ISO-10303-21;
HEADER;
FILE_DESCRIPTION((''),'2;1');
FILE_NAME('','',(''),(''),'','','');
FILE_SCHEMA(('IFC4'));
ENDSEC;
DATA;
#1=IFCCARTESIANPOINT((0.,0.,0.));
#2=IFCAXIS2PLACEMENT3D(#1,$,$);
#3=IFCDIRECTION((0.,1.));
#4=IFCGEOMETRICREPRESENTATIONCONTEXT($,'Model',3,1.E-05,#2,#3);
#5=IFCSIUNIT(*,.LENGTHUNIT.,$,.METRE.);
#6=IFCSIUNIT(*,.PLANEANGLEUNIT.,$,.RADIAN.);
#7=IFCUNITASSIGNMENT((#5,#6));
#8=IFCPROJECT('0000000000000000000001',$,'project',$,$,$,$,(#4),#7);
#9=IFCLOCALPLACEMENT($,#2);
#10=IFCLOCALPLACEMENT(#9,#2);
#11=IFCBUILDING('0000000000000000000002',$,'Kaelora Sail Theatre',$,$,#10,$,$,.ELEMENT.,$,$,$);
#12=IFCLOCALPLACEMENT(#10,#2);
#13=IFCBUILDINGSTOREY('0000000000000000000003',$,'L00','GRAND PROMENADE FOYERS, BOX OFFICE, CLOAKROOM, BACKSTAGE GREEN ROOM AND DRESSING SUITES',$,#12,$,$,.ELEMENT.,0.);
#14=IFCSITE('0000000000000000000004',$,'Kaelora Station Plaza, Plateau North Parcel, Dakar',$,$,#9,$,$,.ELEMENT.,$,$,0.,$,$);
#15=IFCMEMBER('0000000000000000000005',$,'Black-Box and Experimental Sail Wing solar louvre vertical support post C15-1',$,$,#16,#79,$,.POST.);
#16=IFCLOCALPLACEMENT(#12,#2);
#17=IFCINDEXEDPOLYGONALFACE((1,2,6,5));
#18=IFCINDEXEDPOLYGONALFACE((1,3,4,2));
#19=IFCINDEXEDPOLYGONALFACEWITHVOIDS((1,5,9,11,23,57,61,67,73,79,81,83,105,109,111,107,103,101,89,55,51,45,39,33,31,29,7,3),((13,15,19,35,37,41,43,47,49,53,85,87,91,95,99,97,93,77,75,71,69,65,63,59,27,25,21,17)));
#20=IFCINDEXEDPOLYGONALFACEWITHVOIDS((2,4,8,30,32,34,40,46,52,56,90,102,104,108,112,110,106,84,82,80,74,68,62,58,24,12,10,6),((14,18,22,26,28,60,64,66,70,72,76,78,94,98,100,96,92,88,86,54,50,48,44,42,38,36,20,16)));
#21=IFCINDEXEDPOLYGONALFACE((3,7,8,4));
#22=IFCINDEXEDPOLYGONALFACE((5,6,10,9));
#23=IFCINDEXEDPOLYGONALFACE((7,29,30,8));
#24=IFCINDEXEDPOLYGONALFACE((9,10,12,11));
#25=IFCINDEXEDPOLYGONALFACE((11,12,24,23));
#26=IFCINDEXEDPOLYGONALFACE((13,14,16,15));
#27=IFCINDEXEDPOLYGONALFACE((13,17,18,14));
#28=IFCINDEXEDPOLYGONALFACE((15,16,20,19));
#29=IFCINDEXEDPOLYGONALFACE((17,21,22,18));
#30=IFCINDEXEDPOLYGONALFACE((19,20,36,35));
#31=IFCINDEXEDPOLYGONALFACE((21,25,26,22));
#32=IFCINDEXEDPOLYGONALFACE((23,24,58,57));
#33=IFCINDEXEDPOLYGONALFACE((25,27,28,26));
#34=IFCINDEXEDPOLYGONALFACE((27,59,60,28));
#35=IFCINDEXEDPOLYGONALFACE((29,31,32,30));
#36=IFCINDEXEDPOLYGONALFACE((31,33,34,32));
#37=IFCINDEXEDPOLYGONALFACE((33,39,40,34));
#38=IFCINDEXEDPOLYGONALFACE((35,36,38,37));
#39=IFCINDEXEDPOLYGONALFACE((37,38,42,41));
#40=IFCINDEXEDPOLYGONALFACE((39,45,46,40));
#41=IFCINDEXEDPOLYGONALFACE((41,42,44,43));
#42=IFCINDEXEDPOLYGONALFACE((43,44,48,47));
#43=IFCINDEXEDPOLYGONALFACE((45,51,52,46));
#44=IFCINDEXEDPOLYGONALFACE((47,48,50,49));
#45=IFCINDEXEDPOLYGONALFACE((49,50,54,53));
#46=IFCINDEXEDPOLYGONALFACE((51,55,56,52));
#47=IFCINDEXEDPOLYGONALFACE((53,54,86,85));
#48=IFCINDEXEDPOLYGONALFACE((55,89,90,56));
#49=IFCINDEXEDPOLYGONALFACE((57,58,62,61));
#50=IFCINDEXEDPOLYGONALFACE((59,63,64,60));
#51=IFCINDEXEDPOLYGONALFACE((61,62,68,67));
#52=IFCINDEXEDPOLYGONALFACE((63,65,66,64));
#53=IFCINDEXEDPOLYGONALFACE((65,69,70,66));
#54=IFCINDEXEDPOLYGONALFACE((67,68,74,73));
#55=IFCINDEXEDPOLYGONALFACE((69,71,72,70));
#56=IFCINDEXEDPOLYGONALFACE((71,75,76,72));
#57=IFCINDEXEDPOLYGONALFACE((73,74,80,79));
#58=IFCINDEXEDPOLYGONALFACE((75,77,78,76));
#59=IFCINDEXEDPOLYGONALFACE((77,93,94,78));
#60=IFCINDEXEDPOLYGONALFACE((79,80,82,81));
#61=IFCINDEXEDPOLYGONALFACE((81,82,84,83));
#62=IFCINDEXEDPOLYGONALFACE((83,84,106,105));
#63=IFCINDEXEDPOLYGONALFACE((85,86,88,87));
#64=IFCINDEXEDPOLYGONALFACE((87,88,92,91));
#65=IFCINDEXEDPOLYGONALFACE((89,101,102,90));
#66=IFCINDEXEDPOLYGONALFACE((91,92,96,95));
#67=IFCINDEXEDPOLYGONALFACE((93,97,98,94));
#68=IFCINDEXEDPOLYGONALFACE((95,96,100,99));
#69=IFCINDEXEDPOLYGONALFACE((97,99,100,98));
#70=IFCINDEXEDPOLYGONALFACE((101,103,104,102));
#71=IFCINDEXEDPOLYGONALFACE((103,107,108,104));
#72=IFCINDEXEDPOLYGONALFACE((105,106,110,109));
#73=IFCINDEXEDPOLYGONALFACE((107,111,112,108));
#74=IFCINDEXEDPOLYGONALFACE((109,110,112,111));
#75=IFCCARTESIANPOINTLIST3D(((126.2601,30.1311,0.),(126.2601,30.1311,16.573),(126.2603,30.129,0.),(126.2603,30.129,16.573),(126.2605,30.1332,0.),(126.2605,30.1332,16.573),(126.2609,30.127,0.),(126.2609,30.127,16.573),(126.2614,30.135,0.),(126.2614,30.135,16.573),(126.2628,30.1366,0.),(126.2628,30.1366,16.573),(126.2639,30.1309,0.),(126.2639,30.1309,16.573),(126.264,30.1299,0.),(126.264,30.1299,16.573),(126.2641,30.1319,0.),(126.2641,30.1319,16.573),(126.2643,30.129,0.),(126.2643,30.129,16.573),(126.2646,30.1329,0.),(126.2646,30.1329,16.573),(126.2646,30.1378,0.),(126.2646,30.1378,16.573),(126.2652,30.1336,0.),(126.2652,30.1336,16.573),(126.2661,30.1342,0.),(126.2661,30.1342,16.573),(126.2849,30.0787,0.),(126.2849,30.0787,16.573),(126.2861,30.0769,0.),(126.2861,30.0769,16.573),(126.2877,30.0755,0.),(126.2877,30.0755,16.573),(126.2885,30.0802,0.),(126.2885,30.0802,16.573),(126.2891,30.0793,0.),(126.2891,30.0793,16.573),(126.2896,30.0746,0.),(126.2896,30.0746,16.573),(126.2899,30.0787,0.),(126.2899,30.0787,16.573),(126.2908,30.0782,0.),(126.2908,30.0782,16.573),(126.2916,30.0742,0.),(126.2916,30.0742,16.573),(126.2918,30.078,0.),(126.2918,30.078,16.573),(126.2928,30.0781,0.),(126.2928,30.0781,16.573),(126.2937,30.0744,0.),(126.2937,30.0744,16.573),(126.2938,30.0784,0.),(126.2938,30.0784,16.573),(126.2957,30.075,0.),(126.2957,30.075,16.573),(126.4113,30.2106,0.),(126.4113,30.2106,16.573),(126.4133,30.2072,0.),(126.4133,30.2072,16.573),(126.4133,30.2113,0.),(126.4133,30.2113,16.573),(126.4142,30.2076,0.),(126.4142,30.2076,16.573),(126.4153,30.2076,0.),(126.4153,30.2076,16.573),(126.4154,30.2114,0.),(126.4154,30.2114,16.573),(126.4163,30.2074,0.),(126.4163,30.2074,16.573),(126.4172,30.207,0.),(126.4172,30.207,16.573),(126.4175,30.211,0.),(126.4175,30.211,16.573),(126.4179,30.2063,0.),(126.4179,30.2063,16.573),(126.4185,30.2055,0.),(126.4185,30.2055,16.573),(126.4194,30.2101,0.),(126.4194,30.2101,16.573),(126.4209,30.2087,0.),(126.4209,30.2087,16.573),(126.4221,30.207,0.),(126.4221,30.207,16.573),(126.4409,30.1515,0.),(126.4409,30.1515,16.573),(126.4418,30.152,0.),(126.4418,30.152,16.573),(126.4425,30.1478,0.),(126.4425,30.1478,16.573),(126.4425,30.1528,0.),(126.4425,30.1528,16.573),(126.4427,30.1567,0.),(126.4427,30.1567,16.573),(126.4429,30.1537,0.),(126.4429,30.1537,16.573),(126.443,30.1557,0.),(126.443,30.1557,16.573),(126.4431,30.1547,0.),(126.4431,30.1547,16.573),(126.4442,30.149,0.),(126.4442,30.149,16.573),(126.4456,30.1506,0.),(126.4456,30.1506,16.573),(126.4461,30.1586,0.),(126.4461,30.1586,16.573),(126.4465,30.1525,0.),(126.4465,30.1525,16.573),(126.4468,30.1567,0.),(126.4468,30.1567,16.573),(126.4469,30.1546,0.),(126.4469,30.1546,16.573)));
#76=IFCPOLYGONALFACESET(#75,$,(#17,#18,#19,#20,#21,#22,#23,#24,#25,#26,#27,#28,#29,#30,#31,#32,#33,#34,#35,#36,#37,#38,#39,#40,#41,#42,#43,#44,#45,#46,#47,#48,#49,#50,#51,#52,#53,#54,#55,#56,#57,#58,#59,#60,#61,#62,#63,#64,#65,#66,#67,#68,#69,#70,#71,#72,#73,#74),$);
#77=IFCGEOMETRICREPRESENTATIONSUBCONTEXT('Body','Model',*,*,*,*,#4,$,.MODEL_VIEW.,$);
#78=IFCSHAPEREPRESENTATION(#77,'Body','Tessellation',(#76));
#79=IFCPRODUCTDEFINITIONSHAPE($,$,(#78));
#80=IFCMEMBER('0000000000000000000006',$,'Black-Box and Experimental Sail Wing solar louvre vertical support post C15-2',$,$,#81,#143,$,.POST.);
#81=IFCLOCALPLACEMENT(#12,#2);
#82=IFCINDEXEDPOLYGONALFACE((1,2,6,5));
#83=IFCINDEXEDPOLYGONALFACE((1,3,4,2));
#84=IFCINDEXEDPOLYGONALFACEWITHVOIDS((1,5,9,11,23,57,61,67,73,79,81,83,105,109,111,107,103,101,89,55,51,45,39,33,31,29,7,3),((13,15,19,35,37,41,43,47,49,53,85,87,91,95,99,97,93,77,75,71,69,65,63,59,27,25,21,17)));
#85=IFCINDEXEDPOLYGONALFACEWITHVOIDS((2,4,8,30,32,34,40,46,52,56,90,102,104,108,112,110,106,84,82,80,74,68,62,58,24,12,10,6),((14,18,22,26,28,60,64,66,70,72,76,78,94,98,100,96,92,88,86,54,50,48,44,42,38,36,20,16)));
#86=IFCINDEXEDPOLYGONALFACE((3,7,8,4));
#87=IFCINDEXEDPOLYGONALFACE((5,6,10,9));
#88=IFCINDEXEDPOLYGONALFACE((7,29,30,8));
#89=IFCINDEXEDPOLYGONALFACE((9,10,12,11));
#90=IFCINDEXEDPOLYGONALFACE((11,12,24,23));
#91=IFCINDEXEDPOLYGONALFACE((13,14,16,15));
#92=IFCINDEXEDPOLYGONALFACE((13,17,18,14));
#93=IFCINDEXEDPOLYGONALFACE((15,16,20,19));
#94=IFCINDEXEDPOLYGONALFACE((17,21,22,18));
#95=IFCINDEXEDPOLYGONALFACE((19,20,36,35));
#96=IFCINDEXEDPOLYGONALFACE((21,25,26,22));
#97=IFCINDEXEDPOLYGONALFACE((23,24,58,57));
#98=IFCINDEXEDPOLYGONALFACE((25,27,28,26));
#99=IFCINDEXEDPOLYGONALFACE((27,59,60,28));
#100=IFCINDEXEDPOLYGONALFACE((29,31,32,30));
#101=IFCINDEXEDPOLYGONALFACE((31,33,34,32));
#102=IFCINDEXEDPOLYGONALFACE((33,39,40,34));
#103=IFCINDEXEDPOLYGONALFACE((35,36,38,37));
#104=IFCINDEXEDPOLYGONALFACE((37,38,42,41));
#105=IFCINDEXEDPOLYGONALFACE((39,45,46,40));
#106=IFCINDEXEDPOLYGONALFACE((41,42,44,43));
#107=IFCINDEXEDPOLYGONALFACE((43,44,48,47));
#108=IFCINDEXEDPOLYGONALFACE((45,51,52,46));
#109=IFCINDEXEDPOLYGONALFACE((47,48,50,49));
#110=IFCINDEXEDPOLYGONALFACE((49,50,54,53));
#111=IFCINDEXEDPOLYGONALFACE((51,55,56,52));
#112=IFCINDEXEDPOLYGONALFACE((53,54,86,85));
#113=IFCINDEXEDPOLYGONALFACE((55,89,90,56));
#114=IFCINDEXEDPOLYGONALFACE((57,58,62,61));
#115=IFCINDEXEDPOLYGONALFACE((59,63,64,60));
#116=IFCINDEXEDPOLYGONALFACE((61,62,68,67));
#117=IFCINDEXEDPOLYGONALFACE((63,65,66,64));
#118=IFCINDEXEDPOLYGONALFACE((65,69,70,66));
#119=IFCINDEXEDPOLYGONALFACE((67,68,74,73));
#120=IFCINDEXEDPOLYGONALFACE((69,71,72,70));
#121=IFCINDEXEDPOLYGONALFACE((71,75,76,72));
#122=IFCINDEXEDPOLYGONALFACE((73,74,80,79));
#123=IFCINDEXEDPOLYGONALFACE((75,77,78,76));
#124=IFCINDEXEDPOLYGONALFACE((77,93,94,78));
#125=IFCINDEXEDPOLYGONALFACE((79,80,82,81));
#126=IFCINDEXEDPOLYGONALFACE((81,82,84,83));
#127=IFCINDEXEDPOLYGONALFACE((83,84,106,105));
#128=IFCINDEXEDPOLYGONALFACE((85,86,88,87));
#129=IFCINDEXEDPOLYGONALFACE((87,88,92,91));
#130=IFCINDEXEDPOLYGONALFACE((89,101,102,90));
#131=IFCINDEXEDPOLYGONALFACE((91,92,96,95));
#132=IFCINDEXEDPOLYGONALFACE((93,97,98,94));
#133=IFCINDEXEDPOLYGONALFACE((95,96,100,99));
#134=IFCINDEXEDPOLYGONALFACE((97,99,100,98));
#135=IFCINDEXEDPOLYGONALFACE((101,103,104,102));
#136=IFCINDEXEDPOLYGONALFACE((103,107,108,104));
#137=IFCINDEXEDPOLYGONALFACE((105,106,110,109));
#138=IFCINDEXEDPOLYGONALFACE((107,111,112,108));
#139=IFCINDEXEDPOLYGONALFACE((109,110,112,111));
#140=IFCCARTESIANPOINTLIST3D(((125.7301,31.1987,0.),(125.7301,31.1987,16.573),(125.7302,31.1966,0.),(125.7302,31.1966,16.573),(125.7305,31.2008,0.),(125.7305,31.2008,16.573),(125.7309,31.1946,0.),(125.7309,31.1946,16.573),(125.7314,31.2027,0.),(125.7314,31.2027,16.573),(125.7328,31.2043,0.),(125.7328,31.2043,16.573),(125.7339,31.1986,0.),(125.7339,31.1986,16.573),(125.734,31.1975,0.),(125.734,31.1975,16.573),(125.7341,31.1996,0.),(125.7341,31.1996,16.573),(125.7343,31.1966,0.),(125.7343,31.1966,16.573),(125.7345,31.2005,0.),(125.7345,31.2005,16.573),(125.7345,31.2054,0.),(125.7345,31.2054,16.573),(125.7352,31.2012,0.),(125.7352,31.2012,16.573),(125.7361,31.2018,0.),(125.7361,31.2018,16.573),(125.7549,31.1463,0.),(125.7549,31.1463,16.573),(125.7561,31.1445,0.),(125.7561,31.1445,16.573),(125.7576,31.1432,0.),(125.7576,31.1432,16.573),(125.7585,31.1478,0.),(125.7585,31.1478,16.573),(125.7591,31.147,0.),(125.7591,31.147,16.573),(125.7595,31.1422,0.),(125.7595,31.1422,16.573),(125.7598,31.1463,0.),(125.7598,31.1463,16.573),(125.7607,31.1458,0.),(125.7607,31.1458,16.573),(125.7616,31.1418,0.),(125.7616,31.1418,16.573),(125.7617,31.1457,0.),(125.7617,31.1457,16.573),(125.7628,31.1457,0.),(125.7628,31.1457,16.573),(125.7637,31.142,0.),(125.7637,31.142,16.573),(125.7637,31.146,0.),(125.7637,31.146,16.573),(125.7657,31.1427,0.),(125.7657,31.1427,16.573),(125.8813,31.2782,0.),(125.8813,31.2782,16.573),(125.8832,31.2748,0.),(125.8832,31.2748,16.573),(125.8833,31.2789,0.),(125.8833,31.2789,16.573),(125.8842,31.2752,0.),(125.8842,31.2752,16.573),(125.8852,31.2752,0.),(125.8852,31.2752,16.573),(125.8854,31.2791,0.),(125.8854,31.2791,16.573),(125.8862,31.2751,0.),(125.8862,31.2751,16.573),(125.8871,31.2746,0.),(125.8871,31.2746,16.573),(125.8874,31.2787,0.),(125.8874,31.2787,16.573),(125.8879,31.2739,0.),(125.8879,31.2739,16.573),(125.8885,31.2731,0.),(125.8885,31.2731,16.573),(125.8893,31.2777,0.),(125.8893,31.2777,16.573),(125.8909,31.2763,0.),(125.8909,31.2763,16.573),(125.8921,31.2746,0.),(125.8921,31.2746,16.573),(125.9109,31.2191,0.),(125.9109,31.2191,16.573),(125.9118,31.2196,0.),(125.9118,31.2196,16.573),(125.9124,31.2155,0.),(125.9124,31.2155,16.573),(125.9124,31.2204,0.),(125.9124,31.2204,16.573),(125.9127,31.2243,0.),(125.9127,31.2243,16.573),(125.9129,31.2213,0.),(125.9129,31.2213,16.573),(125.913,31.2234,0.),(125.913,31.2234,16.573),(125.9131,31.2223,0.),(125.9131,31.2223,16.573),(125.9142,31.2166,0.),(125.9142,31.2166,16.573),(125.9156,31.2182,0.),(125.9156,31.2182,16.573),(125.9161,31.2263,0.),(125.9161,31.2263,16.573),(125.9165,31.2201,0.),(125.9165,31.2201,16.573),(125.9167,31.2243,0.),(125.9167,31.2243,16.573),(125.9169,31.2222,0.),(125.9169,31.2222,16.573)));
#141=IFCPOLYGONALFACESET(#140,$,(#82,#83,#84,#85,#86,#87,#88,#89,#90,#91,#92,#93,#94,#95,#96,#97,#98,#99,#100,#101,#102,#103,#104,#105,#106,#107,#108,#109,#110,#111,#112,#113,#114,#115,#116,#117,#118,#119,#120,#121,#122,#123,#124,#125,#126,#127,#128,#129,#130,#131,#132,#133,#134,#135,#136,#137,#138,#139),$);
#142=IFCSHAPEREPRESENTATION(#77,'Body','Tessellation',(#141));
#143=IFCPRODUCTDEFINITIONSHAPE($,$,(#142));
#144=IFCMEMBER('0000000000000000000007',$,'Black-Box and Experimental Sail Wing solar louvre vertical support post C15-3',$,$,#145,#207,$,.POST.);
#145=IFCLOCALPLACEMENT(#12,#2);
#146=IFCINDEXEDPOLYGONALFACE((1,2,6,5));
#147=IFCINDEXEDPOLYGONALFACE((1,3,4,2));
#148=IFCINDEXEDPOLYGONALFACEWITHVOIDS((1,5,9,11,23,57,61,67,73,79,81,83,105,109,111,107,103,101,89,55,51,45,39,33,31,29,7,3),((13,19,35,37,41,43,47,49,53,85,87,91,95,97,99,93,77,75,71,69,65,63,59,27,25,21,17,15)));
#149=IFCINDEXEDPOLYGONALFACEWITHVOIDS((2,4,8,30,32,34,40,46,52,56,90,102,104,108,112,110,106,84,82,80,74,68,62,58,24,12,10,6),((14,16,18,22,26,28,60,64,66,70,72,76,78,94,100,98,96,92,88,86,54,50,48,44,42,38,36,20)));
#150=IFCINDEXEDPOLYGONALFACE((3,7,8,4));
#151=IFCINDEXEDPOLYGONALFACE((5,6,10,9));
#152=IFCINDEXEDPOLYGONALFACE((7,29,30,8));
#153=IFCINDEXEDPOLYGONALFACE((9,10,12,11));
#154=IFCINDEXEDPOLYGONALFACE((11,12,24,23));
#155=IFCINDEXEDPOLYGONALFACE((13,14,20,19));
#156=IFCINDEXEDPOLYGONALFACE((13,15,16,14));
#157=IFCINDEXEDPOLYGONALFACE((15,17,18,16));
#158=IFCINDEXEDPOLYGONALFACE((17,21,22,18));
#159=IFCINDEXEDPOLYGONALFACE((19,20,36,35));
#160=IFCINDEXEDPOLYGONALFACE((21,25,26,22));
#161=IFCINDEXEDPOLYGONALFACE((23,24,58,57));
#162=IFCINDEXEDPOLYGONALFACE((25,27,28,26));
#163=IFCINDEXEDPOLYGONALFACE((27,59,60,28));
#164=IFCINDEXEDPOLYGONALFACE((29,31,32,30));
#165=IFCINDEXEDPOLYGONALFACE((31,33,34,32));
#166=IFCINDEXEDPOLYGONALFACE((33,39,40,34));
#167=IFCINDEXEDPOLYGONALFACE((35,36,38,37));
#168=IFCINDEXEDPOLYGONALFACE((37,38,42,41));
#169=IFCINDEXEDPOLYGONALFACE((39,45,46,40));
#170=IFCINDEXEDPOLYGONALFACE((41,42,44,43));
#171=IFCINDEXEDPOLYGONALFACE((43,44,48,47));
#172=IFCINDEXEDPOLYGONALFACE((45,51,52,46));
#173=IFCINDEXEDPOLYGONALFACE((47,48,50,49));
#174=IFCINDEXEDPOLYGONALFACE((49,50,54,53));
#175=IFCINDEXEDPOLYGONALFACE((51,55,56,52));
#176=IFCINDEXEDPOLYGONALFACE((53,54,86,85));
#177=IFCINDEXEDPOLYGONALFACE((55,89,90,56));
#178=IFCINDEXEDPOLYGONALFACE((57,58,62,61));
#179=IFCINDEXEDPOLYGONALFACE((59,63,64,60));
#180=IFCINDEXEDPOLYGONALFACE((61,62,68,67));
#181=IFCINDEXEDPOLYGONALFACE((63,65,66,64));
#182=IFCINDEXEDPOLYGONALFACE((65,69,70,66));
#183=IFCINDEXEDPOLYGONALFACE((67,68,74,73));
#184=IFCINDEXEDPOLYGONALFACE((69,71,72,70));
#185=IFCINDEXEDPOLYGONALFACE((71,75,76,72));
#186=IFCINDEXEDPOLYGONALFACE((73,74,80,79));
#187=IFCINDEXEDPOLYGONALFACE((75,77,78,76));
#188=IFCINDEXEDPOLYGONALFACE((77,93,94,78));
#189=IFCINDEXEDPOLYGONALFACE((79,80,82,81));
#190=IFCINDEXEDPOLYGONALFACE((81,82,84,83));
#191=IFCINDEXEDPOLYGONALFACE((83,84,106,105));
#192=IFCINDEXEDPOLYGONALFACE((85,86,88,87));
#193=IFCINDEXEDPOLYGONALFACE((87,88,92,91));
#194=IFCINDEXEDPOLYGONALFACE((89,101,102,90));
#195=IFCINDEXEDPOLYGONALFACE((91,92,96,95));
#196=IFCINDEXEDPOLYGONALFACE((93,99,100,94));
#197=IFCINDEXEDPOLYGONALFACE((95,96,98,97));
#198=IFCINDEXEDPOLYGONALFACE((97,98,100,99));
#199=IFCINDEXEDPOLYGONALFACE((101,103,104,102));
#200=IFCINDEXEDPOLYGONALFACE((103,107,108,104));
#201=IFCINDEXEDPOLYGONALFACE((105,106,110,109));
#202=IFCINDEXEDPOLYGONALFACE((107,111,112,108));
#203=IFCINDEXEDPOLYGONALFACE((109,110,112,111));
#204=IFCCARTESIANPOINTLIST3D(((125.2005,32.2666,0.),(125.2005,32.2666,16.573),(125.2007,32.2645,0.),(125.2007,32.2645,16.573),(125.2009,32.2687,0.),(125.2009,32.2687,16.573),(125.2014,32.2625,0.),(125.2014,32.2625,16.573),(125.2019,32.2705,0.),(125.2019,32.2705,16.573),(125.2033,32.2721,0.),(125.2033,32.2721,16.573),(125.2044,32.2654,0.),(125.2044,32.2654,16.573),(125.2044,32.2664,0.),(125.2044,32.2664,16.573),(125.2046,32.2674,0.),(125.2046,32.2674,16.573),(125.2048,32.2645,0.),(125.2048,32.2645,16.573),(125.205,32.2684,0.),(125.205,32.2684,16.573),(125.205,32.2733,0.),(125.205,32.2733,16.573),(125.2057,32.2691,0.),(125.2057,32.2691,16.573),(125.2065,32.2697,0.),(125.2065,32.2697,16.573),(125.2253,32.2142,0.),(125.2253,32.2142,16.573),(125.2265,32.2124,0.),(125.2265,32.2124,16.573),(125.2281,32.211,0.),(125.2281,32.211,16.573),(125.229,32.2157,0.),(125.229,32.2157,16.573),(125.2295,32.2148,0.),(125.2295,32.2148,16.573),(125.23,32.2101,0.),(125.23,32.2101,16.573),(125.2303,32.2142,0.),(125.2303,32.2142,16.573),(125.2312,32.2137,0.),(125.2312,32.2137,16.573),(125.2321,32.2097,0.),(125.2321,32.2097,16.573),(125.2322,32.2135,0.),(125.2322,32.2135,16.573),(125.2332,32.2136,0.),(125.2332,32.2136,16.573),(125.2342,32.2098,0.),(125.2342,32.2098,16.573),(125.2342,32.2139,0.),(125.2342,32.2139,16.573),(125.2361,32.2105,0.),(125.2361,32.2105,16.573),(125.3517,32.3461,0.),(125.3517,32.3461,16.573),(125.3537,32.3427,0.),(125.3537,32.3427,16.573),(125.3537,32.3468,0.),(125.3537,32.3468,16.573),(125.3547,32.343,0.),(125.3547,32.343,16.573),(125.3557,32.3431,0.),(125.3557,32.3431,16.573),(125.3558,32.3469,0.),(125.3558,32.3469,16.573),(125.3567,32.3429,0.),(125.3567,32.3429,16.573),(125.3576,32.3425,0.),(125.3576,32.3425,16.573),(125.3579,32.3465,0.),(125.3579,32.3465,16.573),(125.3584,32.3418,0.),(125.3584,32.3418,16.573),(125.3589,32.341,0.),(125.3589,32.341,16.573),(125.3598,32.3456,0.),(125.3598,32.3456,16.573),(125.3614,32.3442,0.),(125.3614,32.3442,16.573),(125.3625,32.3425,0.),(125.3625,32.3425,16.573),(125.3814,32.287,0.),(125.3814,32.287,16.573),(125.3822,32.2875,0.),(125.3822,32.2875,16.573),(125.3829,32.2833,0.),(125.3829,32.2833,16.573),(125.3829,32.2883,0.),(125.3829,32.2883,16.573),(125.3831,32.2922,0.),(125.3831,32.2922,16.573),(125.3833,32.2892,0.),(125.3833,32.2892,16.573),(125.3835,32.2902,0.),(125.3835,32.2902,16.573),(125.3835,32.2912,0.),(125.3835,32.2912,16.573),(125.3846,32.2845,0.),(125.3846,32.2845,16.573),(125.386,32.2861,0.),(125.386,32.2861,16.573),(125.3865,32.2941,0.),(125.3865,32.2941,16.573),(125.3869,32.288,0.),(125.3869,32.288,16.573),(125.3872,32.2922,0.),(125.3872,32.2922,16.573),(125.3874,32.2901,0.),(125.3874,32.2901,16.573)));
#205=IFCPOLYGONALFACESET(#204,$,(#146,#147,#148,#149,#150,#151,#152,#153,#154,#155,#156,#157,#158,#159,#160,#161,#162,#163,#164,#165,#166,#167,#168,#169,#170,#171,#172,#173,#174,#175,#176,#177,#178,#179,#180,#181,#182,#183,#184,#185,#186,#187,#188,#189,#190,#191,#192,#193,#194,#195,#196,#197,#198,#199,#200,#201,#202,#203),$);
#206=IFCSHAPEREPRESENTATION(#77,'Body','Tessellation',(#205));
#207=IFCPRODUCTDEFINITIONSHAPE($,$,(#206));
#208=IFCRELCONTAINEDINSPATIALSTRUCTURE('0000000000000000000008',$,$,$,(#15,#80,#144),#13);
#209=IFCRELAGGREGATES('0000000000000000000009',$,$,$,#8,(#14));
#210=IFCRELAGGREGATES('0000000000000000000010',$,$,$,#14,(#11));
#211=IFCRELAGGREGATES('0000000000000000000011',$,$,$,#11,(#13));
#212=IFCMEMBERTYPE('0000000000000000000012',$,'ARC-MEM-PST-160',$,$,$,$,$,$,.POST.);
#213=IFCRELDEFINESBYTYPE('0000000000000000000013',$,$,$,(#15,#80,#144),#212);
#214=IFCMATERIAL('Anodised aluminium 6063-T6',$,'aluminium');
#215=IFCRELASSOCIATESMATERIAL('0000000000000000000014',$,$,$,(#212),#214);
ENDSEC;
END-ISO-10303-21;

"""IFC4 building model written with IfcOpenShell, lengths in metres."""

from ifc_helpers import new_model, si_unit, direction, frame, origin, origin_2d, place, context, subcontext, project, spatial, hollow_rectangle, extrude, material, material_profile, profile_set, type_object, element, save


model = new_model("IFC4")

# Units and contexts
model_context = context("Model", 3, precision=1e-05, world=origin(), true_north=direction((0.0, 1.0)))
body_context = subcontext(model_context, "Body", "Model", "MODEL_VIEW")
ifc_project = project(units=[si_unit("LENGTHUNIT", "METRE"), si_unit("PLANEANGLEUNIT", "RADIAN")], contexts=[model_context])

# Site, building, storey
site_placement = place(None, origin())
site = spatial("IfcSite", under=ifc_project, at=site_placement, Name="Kaelora Station Plaza, Plateau North Parcel, Dakar", CompositionType="ELEMENT", RefElevation=0.0)
building_placement = place(site_placement, origin())
building = spatial("IfcBuilding", under=site, at=building_placement, Name="Kaelora Sail Theatre", CompositionType="ELEMENT")
storey_placement = place(building_placement, origin())
storey = spatial("IfcBuildingStorey", under=building, at=storey_placement, Name="L00", Description="GRAND PROMENADE FOYERS, BOX OFFICE, CLOAKROOM, BACKSTAGE GREEN ROOM AND DRESSING SUITES", CompositionType="ELEMENT", Elevation=0.0)

# Members
ifc_material_1 = material(Name="Anodised aluminium 6063-T6", Category="aluminium")
ifc_material_profile_1 = material_profile(ifc_material_1, hollow_rectangle(XDim=0.0701, YDim=0.1799, WallThickness=0.0039, InnerFilletRadius=0.0039, OuterFilletRadius=0.0081, at=origin_2d()), Name="ALU-MULL 70x180x4")
ifc_profile_set_1 = profile_set([ifc_material_profile_1], Name="Anodised aluminium 6063-T6")
member_type_1 = type_object("IfcMemberType", Name="ARC-MEM-PST-160", PredefinedType="POST", material=ifc_profile_set_1)
for number, where, z_axis, x_axis, name in (
    (1, (126.3535, 30.1428, 0.0), (0.0, 0.0, 1.0), (-0.444479, 0.895789, 0.0), "Black-Box and Experimental Sail Wing solar louvre vertical support post C15-1"),
    (2, (125.8235, 31.2104, 0.0), (0.0, 0.0, 1.0), (-0.444479, 0.895789, 0.0), "Black-Box and Experimental Sail Wing solar louvre vertical support post C15-2"),
    (3, (125.2939, 32.2783, 0.0), (0.0, 0.0, 1.0), (-0.444479, 0.895789, 0.0), "Black-Box and Experimental Sail Wing solar louvre vertical support post C15-3"),
):
    element("IfcMember", number, at=place(storey_placement, frame(where, z_axis=z_axis, x_axis=x_axis)), inside=storey, type_object=member_type_1, Name=name, PredefinedType="POST", context=body_context, shape_type="SweptSolid", body=[
        extrude(hollow_rectangle(XDim=0.0701, YDim=0.1799, WallThickness=0.0039, InnerFilletRadius=0.0039, OuterFilletRadius=0.0081, at=origin_2d()), origin(), (0.0, 0.0, 1.0), 16.573),
    ])

save(model, "model.ifc")
